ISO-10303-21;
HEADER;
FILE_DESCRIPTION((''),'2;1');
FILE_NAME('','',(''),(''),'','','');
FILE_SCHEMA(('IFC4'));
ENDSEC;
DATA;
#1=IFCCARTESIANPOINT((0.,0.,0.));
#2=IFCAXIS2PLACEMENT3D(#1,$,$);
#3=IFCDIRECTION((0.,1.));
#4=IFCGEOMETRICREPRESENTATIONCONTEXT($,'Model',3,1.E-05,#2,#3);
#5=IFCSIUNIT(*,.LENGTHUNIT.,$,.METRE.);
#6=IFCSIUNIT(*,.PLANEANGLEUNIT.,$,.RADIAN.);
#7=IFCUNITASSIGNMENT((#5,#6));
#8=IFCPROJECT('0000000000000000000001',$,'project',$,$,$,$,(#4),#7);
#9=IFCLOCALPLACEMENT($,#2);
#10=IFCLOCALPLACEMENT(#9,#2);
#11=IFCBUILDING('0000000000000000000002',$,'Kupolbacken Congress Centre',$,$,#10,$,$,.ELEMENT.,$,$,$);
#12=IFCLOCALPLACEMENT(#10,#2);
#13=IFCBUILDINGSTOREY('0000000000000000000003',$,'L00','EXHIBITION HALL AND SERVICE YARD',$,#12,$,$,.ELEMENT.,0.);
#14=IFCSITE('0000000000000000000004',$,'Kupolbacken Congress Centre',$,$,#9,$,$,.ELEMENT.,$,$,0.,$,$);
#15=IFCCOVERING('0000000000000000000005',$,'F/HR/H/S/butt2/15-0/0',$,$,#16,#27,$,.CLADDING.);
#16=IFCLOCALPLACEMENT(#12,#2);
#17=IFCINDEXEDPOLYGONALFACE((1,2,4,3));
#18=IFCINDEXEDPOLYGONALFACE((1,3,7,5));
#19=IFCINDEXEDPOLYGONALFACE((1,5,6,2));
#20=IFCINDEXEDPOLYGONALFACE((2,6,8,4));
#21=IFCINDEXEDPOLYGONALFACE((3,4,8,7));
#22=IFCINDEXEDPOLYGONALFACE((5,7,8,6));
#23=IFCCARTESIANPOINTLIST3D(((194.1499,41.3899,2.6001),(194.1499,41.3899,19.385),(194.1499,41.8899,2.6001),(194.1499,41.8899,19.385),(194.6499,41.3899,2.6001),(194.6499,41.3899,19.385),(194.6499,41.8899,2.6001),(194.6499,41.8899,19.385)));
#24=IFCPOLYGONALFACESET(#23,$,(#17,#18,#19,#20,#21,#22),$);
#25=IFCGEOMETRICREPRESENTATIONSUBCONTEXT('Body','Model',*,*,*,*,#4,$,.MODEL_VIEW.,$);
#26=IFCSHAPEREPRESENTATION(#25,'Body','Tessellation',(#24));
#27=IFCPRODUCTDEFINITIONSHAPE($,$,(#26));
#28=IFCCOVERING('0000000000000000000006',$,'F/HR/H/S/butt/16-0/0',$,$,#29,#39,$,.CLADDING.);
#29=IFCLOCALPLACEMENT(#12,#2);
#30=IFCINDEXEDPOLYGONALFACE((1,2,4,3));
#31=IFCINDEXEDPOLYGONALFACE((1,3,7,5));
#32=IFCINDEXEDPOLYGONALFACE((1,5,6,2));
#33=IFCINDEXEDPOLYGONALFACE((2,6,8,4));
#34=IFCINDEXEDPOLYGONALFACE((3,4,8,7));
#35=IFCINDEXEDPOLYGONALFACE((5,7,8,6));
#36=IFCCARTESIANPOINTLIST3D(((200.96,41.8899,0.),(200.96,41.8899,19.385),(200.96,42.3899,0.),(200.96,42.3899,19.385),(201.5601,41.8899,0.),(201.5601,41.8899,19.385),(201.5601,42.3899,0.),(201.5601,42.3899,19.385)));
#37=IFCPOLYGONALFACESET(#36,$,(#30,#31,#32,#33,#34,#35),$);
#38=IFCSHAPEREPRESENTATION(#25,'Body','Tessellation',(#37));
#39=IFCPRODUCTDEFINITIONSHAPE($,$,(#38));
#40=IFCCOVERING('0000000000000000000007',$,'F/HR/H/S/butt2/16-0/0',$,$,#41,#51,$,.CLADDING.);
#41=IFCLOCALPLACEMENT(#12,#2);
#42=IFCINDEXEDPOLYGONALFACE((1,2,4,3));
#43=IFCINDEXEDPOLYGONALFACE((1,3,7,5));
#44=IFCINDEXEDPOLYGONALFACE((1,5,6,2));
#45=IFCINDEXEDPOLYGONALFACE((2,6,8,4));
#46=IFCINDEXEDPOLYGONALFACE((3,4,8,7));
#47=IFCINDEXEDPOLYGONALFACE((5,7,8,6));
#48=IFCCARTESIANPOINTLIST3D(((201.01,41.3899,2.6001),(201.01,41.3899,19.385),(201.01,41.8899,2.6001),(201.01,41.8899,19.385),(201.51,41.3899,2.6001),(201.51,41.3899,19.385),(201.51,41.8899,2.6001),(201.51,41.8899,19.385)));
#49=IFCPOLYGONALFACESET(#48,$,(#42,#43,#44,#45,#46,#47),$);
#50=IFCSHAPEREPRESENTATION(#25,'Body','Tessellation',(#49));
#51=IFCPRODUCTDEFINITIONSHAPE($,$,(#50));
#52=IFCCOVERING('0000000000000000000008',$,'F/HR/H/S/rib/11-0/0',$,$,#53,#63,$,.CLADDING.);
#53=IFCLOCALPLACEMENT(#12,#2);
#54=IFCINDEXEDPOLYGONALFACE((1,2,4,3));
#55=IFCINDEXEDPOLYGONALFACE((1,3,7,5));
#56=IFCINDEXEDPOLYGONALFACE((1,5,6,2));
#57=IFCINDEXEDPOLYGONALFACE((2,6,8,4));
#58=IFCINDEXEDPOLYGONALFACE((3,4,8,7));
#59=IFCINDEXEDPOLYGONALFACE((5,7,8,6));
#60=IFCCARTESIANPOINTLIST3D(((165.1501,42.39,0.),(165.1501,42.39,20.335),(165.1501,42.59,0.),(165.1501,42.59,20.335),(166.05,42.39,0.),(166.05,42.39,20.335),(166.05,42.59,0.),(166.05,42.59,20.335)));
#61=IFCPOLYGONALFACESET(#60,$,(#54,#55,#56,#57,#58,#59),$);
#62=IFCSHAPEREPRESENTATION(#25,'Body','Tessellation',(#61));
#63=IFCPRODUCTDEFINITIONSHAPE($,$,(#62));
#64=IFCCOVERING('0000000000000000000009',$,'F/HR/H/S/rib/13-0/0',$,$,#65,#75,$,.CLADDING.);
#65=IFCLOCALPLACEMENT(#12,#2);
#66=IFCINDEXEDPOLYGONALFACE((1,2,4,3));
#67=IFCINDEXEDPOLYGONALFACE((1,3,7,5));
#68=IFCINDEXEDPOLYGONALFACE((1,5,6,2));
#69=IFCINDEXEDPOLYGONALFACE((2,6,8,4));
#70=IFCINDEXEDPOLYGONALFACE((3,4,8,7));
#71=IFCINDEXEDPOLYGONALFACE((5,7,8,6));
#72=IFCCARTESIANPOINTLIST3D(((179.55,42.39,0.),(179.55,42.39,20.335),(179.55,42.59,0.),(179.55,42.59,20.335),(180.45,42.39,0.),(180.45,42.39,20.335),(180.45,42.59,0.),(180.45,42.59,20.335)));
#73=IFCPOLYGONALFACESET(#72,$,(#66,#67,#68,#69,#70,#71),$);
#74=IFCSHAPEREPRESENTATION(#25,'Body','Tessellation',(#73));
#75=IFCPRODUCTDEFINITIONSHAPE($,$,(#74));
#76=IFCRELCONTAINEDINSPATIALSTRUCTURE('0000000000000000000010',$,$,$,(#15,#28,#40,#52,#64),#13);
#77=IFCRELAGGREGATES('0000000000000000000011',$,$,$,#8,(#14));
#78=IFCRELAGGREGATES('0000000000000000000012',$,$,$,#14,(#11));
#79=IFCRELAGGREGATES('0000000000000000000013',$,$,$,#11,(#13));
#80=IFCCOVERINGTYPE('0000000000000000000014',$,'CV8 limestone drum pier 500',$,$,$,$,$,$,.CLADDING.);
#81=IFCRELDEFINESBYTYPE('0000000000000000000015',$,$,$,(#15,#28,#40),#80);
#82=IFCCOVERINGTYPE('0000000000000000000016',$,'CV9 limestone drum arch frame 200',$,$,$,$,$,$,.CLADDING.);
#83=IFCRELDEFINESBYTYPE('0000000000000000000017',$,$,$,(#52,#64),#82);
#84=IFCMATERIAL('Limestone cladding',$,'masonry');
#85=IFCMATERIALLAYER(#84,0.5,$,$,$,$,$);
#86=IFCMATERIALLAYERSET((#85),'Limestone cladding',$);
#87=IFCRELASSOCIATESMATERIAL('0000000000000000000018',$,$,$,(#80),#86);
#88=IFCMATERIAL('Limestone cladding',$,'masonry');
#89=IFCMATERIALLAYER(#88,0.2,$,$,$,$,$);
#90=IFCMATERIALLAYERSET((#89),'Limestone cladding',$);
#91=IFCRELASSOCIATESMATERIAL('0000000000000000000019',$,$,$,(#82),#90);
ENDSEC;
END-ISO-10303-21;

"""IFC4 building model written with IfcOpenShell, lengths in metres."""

from ifc_helpers import new_model, si_unit, direction, frame, origin, origin_2d, place, context, subcontext, project, spatial, rectangle, extrude, material, layer, layer_set, type_object, element, save


model = new_model("IFC4")

# Units and contexts
model_context = context("Model", 3, precision=1e-05, world=origin(), true_north=direction((0.0, 1.0)))
body_context = subcontext(model_context, "Body", "Model", "MODEL_VIEW")
ifc_project = project(units=[si_unit("LENGTHUNIT", "METRE"), si_unit("PLANEANGLEUNIT", "RADIAN")], contexts=[model_context])

# Site, building, storey
site_placement = place(None, origin())
site = spatial("IfcSite", under=ifc_project, at=site_placement, Name="Kupolbacken Congress Centre", CompositionType="ELEMENT", RefElevation=0.0)
building_placement = place(site_placement, origin())
building = spatial("IfcBuilding", under=site, at=building_placement, Name="Kupolbacken Congress Centre", CompositionType="ELEMENT")
storey_placement = place(building_placement, origin())
storey = spatial("IfcBuildingStorey", under=building, at=storey_placement, Name="L00", Description="EXHIBITION HALL AND SERVICE YARD", CompositionType="ELEMENT", Elevation=0.0)

# Coverings
ifc_material_1 = material(Name="Limestone cladding", Category="masonry")
ifc_layer_1 = layer(ifc_material_1, 0.5)
ifc_layer_set_1 = layer_set([ifc_layer_1], Name="Limestone cladding")
covering_type_1 = type_object("IfcCoveringType", Name="CV8 limestone drum pier 500", PredefinedType="CLADDING", material=ifc_layer_set_1)
covering_1_placement = place(storey_placement, frame((194.3999, 41.6399, 2.6001), z_axis=(0.0, 0.0, 1.0), x_axis=(1.0, 0.0, 0.0)))
element("IfcCovering", 1, at=covering_1_placement, inside=storey, type_object=covering_type_1, Name="F/HR/H/S/butt2/15-0/0", PredefinedType="CLADDING", context=body_context, shape_type="SweptSolid", body=[
    extrude(rectangle(XDim=0.5, YDim=0.5, at=origin_2d()), origin(), (0.0, 0.0, 1.0), 16.7849),
])
covering_2_placement = place(storey_placement, frame((201.26, 42.1399, 0.0), z_axis=(0.0, 0.0, 1.0), x_axis=(1.0, 0.0, 0.0)))
element("IfcCovering", 2, at=covering_2_placement, inside=storey, type_object=covering_type_1, Name="F/HR/H/S/butt/16-0/0", PredefinedType="CLADDING", context=body_context, shape_type="SweptSolid", body=[
    extrude(rectangle(XDim=0.6001, YDim=0.5, at=origin_2d()), origin(), (0.0, 0.0, 1.0), 19.385),
])
covering_3_placement = place(storey_placement, frame((201.26, 41.6399, 2.6001), z_axis=(0.0, 0.0, 1.0), x_axis=(1.0, 0.0, 0.0)))
element("IfcCovering", 3, at=covering_3_placement, inside=storey, type_object=covering_type_1, Name="F/HR/H/S/butt2/16-0/0", PredefinedType="CLADDING", context=body_context, shape_type="SweptSolid", body=[
    extrude(rectangle(XDim=0.5, YDim=0.5, at=origin_2d()), origin(), (0.0, 0.0, 1.0), 16.7849),
])
ifc_material_2 = material(Name="Limestone cladding", Category="masonry")
ifc_layer_2 = layer(ifc_material_2, 0.2)
ifc_layer_set_2 = layer_set([ifc_layer_2], Name="Limestone cladding")
covering_type_2 = type_object("IfcCoveringType", Name="CV9 limestone drum arch frame 200", PredefinedType="CLADDING", material=ifc_layer_set_2)
for number, where, z_axis, x_axis, name in (
    (4, (165.6001, 42.49, 0.0), (0.0, 0.0, 1.0), (1.0, 0.0, 0.0), "F/HR/H/S/rib/11-0/0"),
    (5, (180.0, 42.49, 0.0), (0.0, 0.0, 1.0), (1.0, 0.0, 0.0), "F/HR/H/S/rib/13-0/0"),
):
    element("IfcCovering", number, at=place(storey_placement, frame(where, z_axis=z_axis, x_axis=x_axis)), inside=storey, type_object=covering_type_2, Name=name, PredefinedType="CLADDING", context=body_context, shape_type="SweptSolid", body=[
        extrude(rectangle(XDim=0.8999, YDim=0.2, at=origin_2d()), origin(), (0.0, 0.0, 1.0), 20.335),
    ])

save(model, "model.ifc")
